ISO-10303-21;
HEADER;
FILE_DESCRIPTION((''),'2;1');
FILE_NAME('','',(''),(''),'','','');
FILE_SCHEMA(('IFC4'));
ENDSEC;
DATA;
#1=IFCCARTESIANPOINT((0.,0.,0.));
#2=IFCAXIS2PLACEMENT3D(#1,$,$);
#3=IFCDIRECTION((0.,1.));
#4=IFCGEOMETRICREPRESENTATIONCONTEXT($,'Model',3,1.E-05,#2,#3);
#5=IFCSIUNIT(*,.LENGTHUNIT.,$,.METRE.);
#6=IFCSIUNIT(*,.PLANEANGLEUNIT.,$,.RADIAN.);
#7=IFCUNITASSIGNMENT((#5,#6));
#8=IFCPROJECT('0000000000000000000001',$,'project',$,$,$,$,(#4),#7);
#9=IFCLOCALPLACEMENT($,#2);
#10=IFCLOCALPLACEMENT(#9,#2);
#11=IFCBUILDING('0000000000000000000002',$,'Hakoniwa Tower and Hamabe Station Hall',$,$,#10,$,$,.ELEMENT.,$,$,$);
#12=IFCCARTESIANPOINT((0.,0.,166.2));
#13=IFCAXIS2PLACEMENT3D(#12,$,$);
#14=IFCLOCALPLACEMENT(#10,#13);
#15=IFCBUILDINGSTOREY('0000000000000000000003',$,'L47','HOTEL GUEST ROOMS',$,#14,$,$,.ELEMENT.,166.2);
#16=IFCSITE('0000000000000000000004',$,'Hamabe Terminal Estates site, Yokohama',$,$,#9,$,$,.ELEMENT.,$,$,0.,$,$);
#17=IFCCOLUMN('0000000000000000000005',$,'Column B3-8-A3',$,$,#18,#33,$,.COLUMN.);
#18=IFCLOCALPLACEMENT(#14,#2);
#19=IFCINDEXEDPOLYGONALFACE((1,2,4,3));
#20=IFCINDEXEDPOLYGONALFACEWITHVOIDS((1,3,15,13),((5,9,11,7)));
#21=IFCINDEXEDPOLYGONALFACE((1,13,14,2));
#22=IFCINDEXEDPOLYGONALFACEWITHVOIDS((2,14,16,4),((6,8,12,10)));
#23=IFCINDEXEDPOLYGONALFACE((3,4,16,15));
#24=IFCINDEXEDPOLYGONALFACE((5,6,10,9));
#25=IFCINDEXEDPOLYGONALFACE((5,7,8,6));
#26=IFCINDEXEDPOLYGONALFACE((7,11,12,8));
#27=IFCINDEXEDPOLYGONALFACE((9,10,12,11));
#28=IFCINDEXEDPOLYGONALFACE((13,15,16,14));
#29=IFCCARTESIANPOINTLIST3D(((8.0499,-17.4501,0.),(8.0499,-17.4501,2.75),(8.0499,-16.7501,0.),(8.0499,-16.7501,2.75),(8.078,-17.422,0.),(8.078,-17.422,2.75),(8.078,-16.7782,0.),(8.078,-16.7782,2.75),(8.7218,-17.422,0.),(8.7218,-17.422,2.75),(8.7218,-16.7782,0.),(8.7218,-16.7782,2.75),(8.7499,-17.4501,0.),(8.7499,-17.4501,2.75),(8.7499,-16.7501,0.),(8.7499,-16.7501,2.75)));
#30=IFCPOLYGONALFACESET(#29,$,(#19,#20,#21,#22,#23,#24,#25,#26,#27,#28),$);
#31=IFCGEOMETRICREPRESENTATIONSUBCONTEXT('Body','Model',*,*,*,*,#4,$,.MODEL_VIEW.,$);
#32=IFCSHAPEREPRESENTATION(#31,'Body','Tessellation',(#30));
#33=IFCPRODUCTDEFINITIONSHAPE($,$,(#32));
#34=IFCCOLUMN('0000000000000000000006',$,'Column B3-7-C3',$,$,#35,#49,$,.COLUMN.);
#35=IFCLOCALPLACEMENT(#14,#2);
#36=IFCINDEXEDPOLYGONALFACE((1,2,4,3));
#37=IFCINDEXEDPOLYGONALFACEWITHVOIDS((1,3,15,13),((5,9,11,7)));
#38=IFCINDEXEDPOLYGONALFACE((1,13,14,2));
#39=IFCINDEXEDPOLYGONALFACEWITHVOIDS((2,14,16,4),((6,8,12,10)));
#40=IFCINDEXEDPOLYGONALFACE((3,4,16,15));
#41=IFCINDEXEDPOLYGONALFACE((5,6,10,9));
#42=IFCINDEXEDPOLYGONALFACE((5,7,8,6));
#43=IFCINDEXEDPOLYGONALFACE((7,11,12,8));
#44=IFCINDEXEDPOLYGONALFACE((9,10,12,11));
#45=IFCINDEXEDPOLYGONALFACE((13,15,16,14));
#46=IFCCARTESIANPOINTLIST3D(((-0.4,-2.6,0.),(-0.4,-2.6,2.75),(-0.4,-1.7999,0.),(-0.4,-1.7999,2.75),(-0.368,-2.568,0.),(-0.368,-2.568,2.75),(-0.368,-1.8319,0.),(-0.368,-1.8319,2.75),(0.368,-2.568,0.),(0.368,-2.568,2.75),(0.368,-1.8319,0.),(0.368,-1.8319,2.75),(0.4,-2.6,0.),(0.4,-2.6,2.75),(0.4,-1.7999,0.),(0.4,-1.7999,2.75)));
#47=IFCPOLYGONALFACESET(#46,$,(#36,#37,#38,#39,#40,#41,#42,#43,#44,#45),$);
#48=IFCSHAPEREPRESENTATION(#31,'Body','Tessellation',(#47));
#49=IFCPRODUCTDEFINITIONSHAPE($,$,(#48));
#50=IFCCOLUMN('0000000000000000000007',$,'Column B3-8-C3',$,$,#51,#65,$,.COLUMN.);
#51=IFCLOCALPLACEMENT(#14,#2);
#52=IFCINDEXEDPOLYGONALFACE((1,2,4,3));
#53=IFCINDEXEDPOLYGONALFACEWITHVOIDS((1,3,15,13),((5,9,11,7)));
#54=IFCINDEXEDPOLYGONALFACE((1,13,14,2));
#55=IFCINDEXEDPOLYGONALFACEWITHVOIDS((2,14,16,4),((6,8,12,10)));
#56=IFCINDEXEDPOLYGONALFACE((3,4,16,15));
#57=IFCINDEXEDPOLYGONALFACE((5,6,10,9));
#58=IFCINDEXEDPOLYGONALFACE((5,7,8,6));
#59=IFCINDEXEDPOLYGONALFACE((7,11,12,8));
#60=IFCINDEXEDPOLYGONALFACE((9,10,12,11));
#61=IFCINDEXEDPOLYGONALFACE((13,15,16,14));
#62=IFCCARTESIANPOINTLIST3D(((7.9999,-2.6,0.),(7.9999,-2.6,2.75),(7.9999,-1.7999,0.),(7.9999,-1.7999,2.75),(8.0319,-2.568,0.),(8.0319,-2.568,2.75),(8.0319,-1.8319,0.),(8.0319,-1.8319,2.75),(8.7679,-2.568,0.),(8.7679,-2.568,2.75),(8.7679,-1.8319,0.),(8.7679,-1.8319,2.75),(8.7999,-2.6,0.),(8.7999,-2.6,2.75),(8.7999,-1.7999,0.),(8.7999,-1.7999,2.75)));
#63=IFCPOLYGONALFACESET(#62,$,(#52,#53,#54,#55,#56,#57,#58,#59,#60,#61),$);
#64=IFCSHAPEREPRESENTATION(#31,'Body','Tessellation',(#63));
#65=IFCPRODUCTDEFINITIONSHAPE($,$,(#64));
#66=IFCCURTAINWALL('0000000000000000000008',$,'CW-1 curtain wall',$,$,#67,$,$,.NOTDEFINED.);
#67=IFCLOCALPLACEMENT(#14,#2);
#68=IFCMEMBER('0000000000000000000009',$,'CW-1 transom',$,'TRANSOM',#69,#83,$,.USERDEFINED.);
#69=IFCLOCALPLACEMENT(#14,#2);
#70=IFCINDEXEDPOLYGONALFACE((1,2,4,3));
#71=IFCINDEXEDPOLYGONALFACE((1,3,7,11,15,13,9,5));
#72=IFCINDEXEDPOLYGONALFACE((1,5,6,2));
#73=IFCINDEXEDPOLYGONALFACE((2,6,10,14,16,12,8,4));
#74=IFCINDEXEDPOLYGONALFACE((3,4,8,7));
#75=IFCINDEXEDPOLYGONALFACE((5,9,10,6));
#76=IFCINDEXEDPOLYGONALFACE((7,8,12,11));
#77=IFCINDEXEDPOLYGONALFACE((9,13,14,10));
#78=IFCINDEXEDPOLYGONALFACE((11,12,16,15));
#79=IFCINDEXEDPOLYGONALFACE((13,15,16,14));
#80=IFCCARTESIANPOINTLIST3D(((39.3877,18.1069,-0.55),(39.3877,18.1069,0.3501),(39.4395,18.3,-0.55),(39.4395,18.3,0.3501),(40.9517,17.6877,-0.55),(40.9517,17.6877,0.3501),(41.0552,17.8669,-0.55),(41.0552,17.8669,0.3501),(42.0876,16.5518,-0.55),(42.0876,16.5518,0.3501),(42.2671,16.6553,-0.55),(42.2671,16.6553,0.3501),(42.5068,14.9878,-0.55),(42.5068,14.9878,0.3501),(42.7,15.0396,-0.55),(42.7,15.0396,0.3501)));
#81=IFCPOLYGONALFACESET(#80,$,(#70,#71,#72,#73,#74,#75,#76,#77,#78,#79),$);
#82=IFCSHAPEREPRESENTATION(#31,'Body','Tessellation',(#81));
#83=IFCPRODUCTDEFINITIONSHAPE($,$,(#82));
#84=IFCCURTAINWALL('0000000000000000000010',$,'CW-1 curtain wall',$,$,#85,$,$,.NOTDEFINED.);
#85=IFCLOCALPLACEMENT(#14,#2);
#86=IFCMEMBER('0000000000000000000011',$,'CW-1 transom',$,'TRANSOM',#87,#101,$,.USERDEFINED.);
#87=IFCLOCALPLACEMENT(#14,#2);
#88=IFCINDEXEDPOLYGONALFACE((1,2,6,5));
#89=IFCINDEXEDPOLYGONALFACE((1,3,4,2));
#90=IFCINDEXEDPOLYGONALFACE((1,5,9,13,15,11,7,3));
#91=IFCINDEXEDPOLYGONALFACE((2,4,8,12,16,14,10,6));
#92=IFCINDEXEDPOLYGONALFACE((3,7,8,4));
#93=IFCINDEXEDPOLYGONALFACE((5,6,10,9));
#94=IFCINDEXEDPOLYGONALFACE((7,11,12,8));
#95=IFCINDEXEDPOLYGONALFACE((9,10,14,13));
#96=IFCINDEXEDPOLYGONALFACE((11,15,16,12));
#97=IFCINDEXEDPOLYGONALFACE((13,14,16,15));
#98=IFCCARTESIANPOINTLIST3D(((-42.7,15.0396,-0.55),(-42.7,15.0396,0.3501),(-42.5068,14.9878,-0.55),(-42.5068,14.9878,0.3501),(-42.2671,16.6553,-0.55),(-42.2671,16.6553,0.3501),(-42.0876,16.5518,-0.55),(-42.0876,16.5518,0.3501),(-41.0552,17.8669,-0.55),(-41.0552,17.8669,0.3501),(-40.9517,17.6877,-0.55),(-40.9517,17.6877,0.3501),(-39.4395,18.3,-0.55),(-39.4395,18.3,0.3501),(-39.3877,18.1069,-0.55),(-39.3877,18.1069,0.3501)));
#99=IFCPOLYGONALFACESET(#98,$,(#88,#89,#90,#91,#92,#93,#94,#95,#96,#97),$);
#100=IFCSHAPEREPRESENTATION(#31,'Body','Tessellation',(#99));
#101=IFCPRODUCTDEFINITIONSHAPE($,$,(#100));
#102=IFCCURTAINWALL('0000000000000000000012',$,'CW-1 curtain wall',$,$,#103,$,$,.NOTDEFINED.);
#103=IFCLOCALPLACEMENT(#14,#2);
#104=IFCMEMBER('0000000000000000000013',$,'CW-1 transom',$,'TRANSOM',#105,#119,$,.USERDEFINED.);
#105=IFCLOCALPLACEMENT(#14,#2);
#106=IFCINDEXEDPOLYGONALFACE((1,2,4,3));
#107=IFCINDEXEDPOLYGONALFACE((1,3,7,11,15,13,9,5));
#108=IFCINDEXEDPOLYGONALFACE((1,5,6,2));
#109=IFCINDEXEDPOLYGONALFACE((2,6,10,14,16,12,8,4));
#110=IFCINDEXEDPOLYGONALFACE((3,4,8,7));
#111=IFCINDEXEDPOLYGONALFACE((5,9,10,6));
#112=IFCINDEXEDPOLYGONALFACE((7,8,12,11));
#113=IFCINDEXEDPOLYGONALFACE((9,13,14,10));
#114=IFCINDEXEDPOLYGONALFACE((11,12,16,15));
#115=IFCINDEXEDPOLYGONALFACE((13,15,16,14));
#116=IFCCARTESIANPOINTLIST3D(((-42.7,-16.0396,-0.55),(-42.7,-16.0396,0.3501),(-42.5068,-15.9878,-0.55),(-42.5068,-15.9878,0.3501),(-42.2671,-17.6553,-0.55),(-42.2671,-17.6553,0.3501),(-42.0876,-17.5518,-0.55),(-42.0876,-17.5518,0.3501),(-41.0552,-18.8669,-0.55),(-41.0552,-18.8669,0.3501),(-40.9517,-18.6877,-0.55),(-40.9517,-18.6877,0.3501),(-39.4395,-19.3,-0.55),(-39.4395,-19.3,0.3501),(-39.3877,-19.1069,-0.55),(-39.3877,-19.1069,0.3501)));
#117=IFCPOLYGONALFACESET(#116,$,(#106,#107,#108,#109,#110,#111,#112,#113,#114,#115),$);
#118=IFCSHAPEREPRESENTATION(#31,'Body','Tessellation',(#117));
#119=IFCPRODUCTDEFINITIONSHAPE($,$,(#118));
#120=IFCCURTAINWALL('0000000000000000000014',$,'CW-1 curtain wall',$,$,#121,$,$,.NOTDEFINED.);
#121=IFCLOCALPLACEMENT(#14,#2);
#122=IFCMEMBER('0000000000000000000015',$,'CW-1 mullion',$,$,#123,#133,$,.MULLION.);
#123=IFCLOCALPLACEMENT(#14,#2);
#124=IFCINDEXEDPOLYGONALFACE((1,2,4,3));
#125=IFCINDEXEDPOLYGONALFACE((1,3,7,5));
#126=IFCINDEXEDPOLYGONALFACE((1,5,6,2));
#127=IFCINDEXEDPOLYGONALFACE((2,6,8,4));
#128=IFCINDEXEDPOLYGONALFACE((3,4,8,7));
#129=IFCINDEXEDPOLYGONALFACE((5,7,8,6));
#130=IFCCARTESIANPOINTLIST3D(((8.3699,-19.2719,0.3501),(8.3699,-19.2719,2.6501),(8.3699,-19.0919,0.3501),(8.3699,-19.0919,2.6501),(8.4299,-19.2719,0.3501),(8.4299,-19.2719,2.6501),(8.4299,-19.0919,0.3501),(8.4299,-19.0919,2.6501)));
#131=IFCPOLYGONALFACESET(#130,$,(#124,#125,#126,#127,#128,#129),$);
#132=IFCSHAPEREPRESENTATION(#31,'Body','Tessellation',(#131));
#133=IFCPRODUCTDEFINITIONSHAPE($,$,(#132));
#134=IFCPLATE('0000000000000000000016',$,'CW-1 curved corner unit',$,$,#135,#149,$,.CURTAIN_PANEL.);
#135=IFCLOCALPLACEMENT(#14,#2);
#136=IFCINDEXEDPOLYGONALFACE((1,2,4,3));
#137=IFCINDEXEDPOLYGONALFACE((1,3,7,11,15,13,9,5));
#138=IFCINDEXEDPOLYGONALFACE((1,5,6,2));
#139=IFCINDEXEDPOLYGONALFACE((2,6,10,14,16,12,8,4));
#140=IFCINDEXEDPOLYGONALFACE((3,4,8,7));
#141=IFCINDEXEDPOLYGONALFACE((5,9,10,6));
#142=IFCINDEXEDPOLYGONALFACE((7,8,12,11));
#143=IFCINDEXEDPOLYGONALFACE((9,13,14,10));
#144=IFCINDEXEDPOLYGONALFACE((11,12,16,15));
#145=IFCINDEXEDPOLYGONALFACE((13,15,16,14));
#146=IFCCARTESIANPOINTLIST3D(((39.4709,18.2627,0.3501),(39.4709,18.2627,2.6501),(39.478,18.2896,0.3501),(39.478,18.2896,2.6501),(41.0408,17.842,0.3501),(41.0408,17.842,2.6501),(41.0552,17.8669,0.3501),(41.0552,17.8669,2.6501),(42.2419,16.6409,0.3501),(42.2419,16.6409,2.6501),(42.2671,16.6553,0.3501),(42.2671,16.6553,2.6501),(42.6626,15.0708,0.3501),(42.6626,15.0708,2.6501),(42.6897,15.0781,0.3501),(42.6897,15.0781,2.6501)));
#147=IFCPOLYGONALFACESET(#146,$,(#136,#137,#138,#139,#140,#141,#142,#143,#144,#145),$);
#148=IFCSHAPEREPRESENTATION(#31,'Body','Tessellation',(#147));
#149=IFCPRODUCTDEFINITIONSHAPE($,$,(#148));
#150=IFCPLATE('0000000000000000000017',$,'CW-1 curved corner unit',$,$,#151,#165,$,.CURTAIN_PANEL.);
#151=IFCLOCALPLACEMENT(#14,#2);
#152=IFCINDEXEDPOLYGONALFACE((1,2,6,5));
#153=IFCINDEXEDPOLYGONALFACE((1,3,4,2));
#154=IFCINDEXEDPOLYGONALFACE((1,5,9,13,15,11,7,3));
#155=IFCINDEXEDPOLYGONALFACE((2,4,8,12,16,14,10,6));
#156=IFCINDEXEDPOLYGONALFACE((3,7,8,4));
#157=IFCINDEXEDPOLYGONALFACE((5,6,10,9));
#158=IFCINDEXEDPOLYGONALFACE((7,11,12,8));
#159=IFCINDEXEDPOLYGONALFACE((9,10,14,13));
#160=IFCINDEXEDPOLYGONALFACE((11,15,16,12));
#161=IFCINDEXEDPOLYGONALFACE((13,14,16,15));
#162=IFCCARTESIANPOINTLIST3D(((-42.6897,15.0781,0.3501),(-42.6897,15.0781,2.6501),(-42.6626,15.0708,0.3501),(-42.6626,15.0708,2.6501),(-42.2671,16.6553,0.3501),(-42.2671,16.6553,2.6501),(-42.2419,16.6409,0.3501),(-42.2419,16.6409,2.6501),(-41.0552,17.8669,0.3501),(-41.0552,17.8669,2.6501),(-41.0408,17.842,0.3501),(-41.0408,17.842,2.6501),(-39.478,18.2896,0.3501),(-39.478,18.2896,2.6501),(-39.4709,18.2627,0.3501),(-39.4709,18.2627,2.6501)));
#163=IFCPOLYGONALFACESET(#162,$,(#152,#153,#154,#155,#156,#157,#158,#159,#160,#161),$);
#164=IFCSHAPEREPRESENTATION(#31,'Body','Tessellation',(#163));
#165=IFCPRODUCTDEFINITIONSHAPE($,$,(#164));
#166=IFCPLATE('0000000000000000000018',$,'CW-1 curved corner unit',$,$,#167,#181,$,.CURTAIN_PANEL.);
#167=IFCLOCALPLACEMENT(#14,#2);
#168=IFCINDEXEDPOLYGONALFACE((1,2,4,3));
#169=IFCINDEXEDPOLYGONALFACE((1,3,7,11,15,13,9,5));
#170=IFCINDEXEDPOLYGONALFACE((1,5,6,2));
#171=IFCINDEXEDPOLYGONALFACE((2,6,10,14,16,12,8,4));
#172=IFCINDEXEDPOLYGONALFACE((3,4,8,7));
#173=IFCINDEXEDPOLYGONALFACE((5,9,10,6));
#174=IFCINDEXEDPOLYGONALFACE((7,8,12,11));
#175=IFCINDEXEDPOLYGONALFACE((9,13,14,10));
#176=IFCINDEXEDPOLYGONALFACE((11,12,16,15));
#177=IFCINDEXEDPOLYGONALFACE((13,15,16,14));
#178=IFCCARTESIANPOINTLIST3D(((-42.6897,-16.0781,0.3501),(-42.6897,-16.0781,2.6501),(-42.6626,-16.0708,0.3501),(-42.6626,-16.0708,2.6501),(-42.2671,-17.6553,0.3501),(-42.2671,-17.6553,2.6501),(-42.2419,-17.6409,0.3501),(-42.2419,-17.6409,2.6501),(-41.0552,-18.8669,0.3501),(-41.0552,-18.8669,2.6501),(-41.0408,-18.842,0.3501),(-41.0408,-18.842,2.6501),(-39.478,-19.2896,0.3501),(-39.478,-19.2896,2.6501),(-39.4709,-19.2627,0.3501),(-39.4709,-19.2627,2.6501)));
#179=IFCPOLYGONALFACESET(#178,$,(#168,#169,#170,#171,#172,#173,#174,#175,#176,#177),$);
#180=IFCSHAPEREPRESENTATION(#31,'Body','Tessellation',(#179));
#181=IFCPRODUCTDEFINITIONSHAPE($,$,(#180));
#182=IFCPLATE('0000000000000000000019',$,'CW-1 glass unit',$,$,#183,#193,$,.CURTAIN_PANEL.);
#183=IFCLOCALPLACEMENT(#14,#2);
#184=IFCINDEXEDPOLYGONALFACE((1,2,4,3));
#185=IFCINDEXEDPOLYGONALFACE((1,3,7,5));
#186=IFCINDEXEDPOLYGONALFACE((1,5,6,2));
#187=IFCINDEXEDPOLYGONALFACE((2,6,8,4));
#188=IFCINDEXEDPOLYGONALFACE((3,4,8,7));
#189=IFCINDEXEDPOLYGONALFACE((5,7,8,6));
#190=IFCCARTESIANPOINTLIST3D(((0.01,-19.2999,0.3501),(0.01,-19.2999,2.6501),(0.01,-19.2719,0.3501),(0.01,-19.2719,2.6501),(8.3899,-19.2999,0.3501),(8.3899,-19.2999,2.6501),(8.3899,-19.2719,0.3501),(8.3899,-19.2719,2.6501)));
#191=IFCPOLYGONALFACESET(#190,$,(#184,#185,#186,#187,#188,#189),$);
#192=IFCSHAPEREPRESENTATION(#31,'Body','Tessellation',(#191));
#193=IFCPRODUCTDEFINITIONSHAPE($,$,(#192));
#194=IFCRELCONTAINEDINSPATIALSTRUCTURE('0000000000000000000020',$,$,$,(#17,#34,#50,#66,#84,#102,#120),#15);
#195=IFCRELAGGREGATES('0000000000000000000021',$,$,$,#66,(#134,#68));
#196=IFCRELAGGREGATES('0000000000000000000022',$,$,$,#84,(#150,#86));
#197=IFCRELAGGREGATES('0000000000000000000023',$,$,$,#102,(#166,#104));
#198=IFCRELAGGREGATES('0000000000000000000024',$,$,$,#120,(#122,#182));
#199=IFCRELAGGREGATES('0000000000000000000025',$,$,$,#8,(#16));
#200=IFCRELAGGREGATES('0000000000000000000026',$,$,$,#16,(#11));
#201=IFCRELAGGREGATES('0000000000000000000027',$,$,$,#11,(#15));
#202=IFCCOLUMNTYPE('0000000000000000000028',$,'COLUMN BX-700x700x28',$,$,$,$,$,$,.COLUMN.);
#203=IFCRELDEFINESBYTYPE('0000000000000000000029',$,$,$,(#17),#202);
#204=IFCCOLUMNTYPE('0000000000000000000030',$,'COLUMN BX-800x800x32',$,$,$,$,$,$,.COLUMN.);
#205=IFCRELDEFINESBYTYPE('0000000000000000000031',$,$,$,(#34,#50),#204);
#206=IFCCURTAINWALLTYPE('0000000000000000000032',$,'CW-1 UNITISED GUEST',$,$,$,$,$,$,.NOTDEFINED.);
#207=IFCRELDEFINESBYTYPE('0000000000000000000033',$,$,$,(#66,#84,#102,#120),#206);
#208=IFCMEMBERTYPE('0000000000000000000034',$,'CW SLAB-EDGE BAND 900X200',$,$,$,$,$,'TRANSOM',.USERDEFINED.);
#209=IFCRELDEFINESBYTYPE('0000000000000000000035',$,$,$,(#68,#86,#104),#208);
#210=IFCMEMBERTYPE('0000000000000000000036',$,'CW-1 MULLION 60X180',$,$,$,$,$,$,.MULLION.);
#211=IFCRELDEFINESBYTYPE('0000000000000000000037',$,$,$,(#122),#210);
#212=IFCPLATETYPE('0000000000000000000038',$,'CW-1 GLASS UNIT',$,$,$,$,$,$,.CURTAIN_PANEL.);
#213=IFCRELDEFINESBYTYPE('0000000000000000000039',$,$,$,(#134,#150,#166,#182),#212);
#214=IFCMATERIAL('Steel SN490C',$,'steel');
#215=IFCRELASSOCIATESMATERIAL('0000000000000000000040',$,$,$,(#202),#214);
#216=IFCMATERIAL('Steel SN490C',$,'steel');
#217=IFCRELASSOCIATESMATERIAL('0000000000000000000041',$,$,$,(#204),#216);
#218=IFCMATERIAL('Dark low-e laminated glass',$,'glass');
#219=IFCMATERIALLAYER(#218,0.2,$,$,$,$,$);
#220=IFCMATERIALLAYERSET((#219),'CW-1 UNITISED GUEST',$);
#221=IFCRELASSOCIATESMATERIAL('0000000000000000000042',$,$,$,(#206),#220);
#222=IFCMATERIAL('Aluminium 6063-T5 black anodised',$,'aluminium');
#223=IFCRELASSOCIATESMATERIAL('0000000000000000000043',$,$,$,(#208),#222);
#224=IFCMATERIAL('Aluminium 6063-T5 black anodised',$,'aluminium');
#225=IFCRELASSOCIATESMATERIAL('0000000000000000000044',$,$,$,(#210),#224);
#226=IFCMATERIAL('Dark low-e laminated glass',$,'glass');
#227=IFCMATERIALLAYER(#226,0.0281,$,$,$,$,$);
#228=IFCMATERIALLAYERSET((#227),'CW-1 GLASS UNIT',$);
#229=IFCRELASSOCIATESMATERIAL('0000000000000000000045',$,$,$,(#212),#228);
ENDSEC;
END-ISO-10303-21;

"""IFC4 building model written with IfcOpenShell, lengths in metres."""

from ifc_helpers import new_model, si_unit, direction, frame, origin, origin_2d, place, context, subcontext, project, spatial, polyline, rectangle, hollow_rectangle, outline, extrude, material, layer, layer_set, material_profile, profile_set, type_object, element, aggregate, save


model = new_model("IFC4")

# Units and contexts
model_context = context("Model", 3, precision=1e-05, world=origin(), true_north=direction((0.0, 1.0)))
body_context = subcontext(model_context, "Body", "Model", "MODEL_VIEW")
ifc_project = project(units=[si_unit("LENGTHUNIT", "METRE"), si_unit("PLANEANGLEUNIT", "RADIAN")], contexts=[model_context])

# Site, building, storey
site_placement = place(None, origin())
site = spatial("IfcSite", under=ifc_project, at=site_placement, Name="Hamabe Terminal Estates site, Yokohama", CompositionType="ELEMENT", RefElevation=0.0)
building_placement = place(site_placement, origin())
building = spatial("IfcBuilding", under=site, at=building_placement, Name="Hakoniwa Tower and Hamabe Station Hall", CompositionType="ELEMENT")
storey_placement = place(building_placement, frame((0.0, 0.0, 166.2)))
storey = spatial("IfcBuildingStorey", under=building, at=storey_placement, Name="L47", Description="HOTEL GUEST ROOMS", CompositionType="ELEMENT", Elevation=166.2)

# Columns
ifc_material_1 = material(Name="Steel SN490C", Category="steel")
ifc_material_profile_1 = material_profile(ifc_material_1, hollow_rectangle(XDim=0.7, YDim=0.7, WallThickness=0.0281, at=origin_2d()), Name="BX-700x700x28")
ifc_profile_set_1 = profile_set([ifc_material_profile_1], Name="Steel SN490C")
column_type_1 = type_object("IfcColumnType", Name="COLUMN BX-700x700x28", PredefinedType="COLUMN", material=ifc_profile_set_1)
column_placement = place(storey_placement, frame((8.3999, -17.1001, 0.0), z_axis=(0.0, 0.0, 1.0), x_axis=(1.0, 0.0, 0.0)))
element("IfcColumn", 1, at=column_placement, inside=storey, type_object=column_type_1, Name="Column B3-8-A3", PredefinedType="COLUMN", context=body_context, shape_type="SweptSolid", body=[
    extrude(hollow_rectangle(XDim=0.7, YDim=0.7, WallThickness=0.0281, at=origin_2d()), origin(), (0.0, 0.0, 1.0), 2.75),
])
ifc_material_2 = material(Name="Steel SN490C", Category="steel")
ifc_material_profile_2 = material_profile(ifc_material_2, hollow_rectangle(XDim=0.8, YDim=0.8, WallThickness=0.032, at=origin_2d()), Name="BX-800x800x32")
ifc_profile_set_2 = profile_set([ifc_material_profile_2], Name="Steel SN490C")
column_type_2 = type_object("IfcColumnType", Name="COLUMN BX-800x800x32", PredefinedType="COLUMN", material=ifc_profile_set_2)
for number, where, z_axis, x_axis, name in (
    (2, (0.0, -2.2, 0.0), (0.0, 0.0, 1.0), (1.0, 0.0, 0.0), "Column B3-7-C3"),
    (3, (8.3999, -2.2, 0.0), (0.0, 0.0, 1.0), (1.0, 0.0, 0.0), "Column B3-8-C3"),
):
    element("IfcColumn", number, at=place(storey_placement, frame(where, z_axis=z_axis, x_axis=x_axis)), inside=storey, type_object=column_type_2, Name=name, PredefinedType="COLUMN", context=body_context, shape_type="SweptSolid", body=[
        extrude(hollow_rectangle(XDim=0.8, YDim=0.8, WallThickness=0.032, at=origin_2d()), origin(), (0.0, 0.0, 1.0), 2.75),
    ])

# Curtain walls, members
ifc_material_3 = material(Name="Dark low-e laminated glass", Category="glass")
ifc_layer_1 = layer(ifc_material_3, 0.2)
ifc_layer_set_1 = layer_set([ifc_layer_1], Name="CW-1 UNITISED GUEST")
curtain_wall_type = type_object("IfcCurtainWallType", Name="CW-1 UNITISED GUEST", PredefinedType="NOTDEFINED", material=ifc_layer_set_1)
curtain_wall_1_placement = place(storey_placement, origin())
curtain_wall_1 = element("IfcCurtainWall", 4, at=curtain_wall_1_placement, inside=storey, type_object=curtain_wall_type, Name="CW-1 curtain wall", PredefinedType="NOTDEFINED")
ifc_material_4 = material(Name="Aluminium 6063-T5 black anodised", Category="aluminium")
ifc_material_profile_3 = material_profile(ifc_material_4, rectangle(XDim=0.2, YDim=0.8999, at=origin_2d()), Name="CW SLAB-EDGE BAND 900X200")
ifc_profile_set_3 = profile_set([ifc_material_profile_3], Name="Aluminium 6063-T5 black anodised")
member_type_1 = type_object("IfcMemberType", Name="CW SLAB-EDGE BAND 900X200", ElementType="TRANSOM", PredefinedType="USERDEFINED", material=ifc_profile_set_3)
member_1_placement = place(storey_placement, frame((0.0, 0.0, -0.55)))
member_1 = element("IfcMember", 5, at=member_1_placement, type_object=member_type_1, Name="CW-1 transom", ObjectType="TRANSOM", PredefinedType="USERDEFINED", context=body_context, shape_type="SweptSolid", body=[
    extrude(outline(polyline([(42.7, 15.0396), (42.2671, 16.6553), (41.0552, 17.8669), (39.4395, 18.3), (39.3877, 18.1069), (40.9517, 17.6877), (42.0876, 16.5518), (42.5068, 14.9878), (42.7, 15.0396)])), origin(), (0.0, 0.0, 1.0), 0.9001),
])
curtain_wall_2_placement = place(storey_placement, origin())
curtain_wall_2 = element("IfcCurtainWall", 6, at=curtain_wall_2_placement, inside=storey, type_object=curtain_wall_type, Name="CW-1 curtain wall", PredefinedType="NOTDEFINED")
member_2_placement = place(storey_placement, frame((0.0, 0.0, -0.55)))
member_2 = element("IfcMember", 7, at=member_2_placement, type_object=member_type_1, Name="CW-1 transom", ObjectType="TRANSOM", PredefinedType="USERDEFINED", context=body_context, shape_type="SweptSolid", body=[
    extrude(outline(polyline([(-39.4395, 18.3), (-41.0552, 17.8669), (-42.2671, 16.6553), (-42.7, 15.0396), (-42.5068, 14.9878), (-42.0876, 16.5518), (-40.9517, 17.6877), (-39.3877, 18.1069), (-39.4395, 18.3)])), origin(), (0.0, 0.0, 1.0), 0.9001),
])
curtain_wall_3_placement = place(storey_placement, origin())
curtain_wall_3 = element("IfcCurtainWall", 8, at=curtain_wall_3_placement, inside=storey, type_object=curtain_wall_type, Name="CW-1 curtain wall", PredefinedType="NOTDEFINED")
member_3_placement = place(storey_placement, frame((0.0, 0.0, -0.55)))
member_3 = element("IfcMember", 9, at=member_3_placement, type_object=member_type_1, Name="CW-1 transom", ObjectType="TRANSOM", PredefinedType="USERDEFINED", context=body_context, shape_type="SweptSolid", body=[
    extrude(outline(polyline([(-42.7, -16.0396), (-42.2671, -17.6553), (-41.0552, -18.8669), (-39.4395, -19.3), (-39.3877, -19.1069), (-40.9517, -18.6877), (-42.0876, -17.5518), (-42.5068, -15.9878), (-42.7, -16.0396)])), origin(), (0.0, 0.0, 1.0), 0.9001),
])
curtain_wall_4_placement = place(storey_placement, origin())
curtain_wall_4 = element("IfcCurtainWall", 10, at=curtain_wall_4_placement, inside=storey, type_object=curtain_wall_type, Name="CW-1 curtain wall", PredefinedType="NOTDEFINED")
ifc_material_5 = material(Name="Aluminium 6063-T5 black anodised", Category="aluminium")
ifc_material_profile_4 = material_profile(ifc_material_5, rectangle(XDim=0.0601, YDim=0.1799, at=origin_2d()), Name="CW-1 MULLION 60X180")
ifc_profile_set_4 = profile_set([ifc_material_profile_4], Name="Aluminium 6063-T5 black anodised")
member_type_2 = type_object("IfcMemberType", Name="CW-1 MULLION 60X180", PredefinedType="MULLION", material=ifc_profile_set_4)
member_4_placement = place(storey_placement, frame((8.3999, -19.1819, 0.3501), z_axis=(0.0, 0.0, 1.0), x_axis=(1.0, 0.0, 0.0)))
member_4 = element("IfcMember", 11, at=member_4_placement, type_object=member_type_2, Name="CW-1 mullion", PredefinedType="MULLION", context=body_context, shape_type="SweptSolid", body=[
    extrude(rectangle(XDim=0.0601, YDim=0.1799, at=origin_2d()), origin(), (0.0, 0.0, 1.0), 2.3),
])

# Plates
ifc_material_6 = material(Name="Dark low-e laminated glass", Category="glass")
ifc_layer_2 = layer(ifc_material_6, 0.0281)
ifc_layer_set_2 = layer_set([ifc_layer_2], Name="CW-1 GLASS UNIT")
plate_type = type_object("IfcPlateType", Name="CW-1 GLASS UNIT", PredefinedType="CURTAIN_PANEL", material=ifc_layer_set_2)
plate_1_placement = place(storey_placement, frame((0.0, 0.0, 0.3501)))
plate_1 = element("IfcPlate", 12, at=plate_1_placement, type_object=plate_type, Name="CW-1 curved corner unit", PredefinedType="CURTAIN_PANEL", context=body_context, shape_type="SweptSolid", body=[
    extrude(outline(polyline([(42.6897, 15.0781), (42.2671, 16.6553), (41.0552, 17.8669), (39.478, 18.2896), (39.4709, 18.2627), (41.0408, 17.842), (42.2419, 16.6409), (42.6626, 15.0708), (42.6897, 15.0781)])), origin(), (0.0, 0.0, 1.0), 2.3),
])
aggregate(curtain_wall_1, [plate_1, member_1])
plate_2_placement = place(storey_placement, frame((0.0, 0.0, 0.3501)))
plate_2 = element("IfcPlate", 13, at=plate_2_placement, type_object=plate_type, Name="CW-1 curved corner unit", PredefinedType="CURTAIN_PANEL", context=body_context, shape_type="SweptSolid", body=[
    extrude(outline(polyline([(-39.478, 18.2896), (-41.0552, 17.8669), (-42.2671, 16.6553), (-42.6897, 15.0781), (-42.6626, 15.0708), (-42.2419, 16.6409), (-41.0408, 17.842), (-39.4709, 18.2627), (-39.478, 18.2896)])), origin(), (0.0, 0.0, 1.0), 2.3),
])
aggregate(curtain_wall_2, [plate_2, member_2])
plate_3_placement = place(storey_placement, frame((0.0, 0.0, 0.3501)))
plate_3 = element("IfcPlate", 14, at=plate_3_placement, type_object=plate_type, Name="CW-1 curved corner unit", PredefinedType="CURTAIN_PANEL", context=body_context, shape_type="SweptSolid", body=[
    extrude(outline(polyline([(-42.6897, -16.0781), (-42.2671, -17.6553), (-41.0552, -18.8669), (-39.478, -19.2896), (-39.4709, -19.2627), (-41.0408, -18.842), (-42.2419, -17.6409), (-42.6626, -16.0708), (-42.6897, -16.0781)])), origin(), (0.0, 0.0, 1.0), 2.3),
])
aggregate(curtain_wall_3, [plate_3, member_3])
plate_4_placement = place(storey_placement, frame((4.2, -19.2859, 0.3501), z_axis=(0.0, 0.0, 1.0), x_axis=(1.0, 0.0, 0.0)))
plate_4 = element("IfcPlate", 15, at=plate_4_placement, type_object=plate_type, Name="CW-1 glass unit", PredefinedType="CURTAIN_PANEL", context=body_context, shape_type="SweptSolid", body=[
    extrude(rectangle(XDim=8.3799, YDim=0.0281, at=origin_2d()), origin(), (0.0, 0.0, 1.0), 2.3),
])
aggregate(curtain_wall_4, [member_4, plate_4])

save(model, "model.ifc")
